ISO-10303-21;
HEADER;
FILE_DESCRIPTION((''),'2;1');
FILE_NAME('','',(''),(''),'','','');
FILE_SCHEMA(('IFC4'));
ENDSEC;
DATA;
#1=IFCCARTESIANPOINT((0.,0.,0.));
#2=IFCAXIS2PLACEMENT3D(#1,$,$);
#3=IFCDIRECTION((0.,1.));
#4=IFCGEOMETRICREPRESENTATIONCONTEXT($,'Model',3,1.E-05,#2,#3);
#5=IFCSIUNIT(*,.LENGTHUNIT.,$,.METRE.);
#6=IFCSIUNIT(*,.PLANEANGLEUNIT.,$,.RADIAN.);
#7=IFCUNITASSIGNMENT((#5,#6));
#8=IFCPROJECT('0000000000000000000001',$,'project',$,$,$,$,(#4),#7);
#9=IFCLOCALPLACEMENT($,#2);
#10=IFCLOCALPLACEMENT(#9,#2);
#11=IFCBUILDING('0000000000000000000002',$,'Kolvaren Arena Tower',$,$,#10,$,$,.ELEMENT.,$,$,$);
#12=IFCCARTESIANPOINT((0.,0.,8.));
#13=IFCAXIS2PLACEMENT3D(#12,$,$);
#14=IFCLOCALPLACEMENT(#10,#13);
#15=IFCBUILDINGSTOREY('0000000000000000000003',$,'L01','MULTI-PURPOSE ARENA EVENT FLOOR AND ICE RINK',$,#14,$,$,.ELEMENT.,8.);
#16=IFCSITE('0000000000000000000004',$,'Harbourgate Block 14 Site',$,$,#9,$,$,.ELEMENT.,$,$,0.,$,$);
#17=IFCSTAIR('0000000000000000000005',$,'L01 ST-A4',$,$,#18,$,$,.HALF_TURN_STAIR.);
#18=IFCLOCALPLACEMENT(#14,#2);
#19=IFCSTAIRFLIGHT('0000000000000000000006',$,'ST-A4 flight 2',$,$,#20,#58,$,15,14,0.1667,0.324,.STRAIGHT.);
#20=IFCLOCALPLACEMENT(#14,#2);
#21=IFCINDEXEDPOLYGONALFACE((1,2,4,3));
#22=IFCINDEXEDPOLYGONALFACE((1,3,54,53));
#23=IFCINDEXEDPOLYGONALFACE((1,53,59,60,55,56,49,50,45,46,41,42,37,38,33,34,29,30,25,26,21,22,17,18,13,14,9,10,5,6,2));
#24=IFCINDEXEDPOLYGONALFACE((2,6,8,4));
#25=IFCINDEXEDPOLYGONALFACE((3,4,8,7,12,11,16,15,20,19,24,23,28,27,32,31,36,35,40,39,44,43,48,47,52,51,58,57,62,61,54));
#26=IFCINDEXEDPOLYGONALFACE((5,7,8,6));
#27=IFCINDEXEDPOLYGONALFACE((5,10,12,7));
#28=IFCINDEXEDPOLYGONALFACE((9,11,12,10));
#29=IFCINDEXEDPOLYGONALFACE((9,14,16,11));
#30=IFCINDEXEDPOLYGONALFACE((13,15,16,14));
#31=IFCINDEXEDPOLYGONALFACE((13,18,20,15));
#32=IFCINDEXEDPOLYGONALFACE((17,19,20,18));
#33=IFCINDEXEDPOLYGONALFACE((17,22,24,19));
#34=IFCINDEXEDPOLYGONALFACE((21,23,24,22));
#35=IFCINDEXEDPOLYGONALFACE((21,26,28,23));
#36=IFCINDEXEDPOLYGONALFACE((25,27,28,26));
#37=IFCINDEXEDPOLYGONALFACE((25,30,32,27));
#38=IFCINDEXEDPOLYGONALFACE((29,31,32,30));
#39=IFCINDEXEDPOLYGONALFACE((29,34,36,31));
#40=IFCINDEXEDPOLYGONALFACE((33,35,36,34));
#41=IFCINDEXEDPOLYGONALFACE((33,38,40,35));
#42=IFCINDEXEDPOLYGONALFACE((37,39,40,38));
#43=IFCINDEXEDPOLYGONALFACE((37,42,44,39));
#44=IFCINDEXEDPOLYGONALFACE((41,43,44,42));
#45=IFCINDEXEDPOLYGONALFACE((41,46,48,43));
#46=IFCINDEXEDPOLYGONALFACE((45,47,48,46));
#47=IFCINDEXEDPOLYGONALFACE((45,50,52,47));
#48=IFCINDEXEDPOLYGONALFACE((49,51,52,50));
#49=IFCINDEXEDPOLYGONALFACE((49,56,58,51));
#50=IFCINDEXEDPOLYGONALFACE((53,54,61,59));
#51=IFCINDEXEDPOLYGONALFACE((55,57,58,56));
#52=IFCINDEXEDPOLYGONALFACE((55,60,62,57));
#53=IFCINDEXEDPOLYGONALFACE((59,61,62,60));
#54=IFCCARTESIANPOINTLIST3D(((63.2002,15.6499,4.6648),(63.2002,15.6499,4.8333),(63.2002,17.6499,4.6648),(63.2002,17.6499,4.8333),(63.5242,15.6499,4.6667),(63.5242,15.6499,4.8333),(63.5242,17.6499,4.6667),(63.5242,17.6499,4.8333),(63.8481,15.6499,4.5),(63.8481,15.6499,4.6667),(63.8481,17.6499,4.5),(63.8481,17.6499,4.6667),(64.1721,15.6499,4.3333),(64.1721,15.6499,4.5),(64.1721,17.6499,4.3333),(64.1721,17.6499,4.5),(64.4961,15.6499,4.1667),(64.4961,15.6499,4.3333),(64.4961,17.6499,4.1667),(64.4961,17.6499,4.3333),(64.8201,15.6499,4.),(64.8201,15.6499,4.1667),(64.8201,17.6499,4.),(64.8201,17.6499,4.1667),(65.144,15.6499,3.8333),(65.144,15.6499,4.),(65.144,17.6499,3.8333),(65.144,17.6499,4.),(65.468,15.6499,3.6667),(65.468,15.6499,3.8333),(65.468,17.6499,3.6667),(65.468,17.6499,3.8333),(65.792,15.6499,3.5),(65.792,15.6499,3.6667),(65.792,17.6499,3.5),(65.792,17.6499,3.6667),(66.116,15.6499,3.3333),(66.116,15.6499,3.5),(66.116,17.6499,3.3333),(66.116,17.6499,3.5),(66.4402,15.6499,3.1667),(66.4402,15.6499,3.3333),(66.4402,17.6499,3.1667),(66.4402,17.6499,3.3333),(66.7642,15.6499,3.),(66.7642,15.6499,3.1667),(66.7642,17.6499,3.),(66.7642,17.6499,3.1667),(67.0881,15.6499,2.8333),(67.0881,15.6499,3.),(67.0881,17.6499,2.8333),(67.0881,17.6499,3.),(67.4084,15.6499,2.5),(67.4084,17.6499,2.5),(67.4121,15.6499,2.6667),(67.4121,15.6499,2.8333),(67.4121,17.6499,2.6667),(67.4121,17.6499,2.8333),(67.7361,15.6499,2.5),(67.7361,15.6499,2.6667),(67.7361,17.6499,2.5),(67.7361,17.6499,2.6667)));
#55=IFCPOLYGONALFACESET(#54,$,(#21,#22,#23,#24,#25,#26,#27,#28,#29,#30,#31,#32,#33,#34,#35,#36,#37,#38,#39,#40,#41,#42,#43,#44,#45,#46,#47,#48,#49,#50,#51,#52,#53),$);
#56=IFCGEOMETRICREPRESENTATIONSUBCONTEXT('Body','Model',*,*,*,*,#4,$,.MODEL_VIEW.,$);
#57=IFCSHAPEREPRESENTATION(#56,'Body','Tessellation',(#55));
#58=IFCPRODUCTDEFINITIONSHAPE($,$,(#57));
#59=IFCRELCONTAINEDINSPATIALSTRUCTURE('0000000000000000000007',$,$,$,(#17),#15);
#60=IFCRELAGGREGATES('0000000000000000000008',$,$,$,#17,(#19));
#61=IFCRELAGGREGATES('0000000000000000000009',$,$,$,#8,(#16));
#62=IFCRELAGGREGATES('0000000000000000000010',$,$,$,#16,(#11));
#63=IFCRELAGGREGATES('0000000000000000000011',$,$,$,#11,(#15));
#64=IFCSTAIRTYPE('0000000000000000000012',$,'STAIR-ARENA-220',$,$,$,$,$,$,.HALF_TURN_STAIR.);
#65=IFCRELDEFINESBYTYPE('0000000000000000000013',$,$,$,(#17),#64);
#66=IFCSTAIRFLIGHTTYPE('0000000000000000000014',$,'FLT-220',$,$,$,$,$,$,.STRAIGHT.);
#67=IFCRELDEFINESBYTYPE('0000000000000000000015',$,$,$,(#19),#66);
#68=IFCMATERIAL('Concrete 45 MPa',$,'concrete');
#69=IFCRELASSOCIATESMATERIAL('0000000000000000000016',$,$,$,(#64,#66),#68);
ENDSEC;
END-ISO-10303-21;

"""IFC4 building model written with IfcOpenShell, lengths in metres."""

from ifc_helpers import new_model, si_unit, direction, frame, origin, place, context, subcontext, project, spatial, polyline, outline, extrude, material, type_object, element, aggregate, save


model = new_model("IFC4")

# Units and contexts
model_context = context("Model", 3, precision=1e-05, world=origin(), true_north=direction((0.0, 1.0)))
body_context = subcontext(model_context, "Body", "Model", "MODEL_VIEW")
ifc_project = project(units=[si_unit("LENGTHUNIT", "METRE"), si_unit("PLANEANGLEUNIT", "RADIAN")], contexts=[model_context])

# Site, building, storey
site_placement = place(None, origin())
site = spatial("IfcSite", under=ifc_project, at=site_placement, Name="Harbourgate Block 14 Site", CompositionType="ELEMENT", RefElevation=0.0)
building_placement = place(site_placement, origin())
building = spatial("IfcBuilding", under=site, at=building_placement, Name="Kolvaren Arena Tower", CompositionType="ELEMENT")
storey_placement = place(building_placement, frame((0.0, 0.0, 8.0)))
storey = spatial("IfcBuildingStorey", under=building, at=storey_placement, Name="L01", Description="MULTI-PURPOSE ARENA EVENT FLOOR AND ICE RINK", CompositionType="ELEMENT", Elevation=8.0)

# Shared definitions
ifc_material_1 = material(Name="Concrete 45 MPa", Category="concrete")

# Stair, stair flight
stair_type = type_object("IfcStairType", Name="STAIR-ARENA-220", PredefinedType="HALF_TURN_STAIR", material=ifc_material_1)
stair_placement = place(storey_placement, origin())
stair = element("IfcStair", 1, at=stair_placement, inside=storey, type_object=stair_type, Name="L01 ST-A4", PredefinedType="HALF_TURN_STAIR")
stair_flight_type = type_object("IfcStairFlightType", Name="FLT-220", PredefinedType="STRAIGHT", material=ifc_material_1)
stair_flight_1_placement = place(storey_placement, frame((67.7361, 16.6499, 2.5), z_axis=(0.0, 0.0, 1.0), x_axis=(-1.0, 0.0, 0.0)))
stair_flight_1 = element("IfcStairFlight", 2, at=stair_flight_1_placement, type_object=stair_flight_type, Name="ST-A4 flight 2", NumberOfRisers=15, NumberOfTreads=14, PredefinedType="STRAIGHT", RiserHeight=0.1667, TreadLength=0.324, context=body_context, shape_type="SweptSolid", body=[
    extrude(outline(polyline([(0.0, 0.0), (0.0, 0.1667), (0.324, 0.1667), (0.324, 0.3333), (0.6479, 0.3333), (0.6479, 0.5), (0.9719, 0.5), (0.9719, 0.6667), (1.2959, 0.6667), (1.2959, 0.8333), (1.6201, 0.8333), (1.6201, 1.0), (1.9441, 1.0), (1.9441, 1.1667), (2.2681, 1.1667), (2.2681, 1.3333), (2.592, 1.3333), (2.592, 1.5), (2.916, 1.5), (2.916, 1.6667), (3.24, 1.6667), (3.24, 1.8333), (3.564, 1.8333), (3.564, 2.0), (3.8879, 2.0), (3.8879, 2.1667), (4.2119, 2.1667), (4.2119, 2.3333), (4.5359, 2.3333), (4.5359, 2.5), (4.5359, 2.1648), (0.3276, 0.0), (0.0, 0.0)])), frame((0.0, 1.0, 0.0), z_axis=(0.0, -1.0, 0.0), x_axis=(1.0, 0.0, 0.0)), (0.0, 0.0, 1.0), 2.0),
])
aggregate(stair, [stair_flight_1])

save(model, "model.ifc")
